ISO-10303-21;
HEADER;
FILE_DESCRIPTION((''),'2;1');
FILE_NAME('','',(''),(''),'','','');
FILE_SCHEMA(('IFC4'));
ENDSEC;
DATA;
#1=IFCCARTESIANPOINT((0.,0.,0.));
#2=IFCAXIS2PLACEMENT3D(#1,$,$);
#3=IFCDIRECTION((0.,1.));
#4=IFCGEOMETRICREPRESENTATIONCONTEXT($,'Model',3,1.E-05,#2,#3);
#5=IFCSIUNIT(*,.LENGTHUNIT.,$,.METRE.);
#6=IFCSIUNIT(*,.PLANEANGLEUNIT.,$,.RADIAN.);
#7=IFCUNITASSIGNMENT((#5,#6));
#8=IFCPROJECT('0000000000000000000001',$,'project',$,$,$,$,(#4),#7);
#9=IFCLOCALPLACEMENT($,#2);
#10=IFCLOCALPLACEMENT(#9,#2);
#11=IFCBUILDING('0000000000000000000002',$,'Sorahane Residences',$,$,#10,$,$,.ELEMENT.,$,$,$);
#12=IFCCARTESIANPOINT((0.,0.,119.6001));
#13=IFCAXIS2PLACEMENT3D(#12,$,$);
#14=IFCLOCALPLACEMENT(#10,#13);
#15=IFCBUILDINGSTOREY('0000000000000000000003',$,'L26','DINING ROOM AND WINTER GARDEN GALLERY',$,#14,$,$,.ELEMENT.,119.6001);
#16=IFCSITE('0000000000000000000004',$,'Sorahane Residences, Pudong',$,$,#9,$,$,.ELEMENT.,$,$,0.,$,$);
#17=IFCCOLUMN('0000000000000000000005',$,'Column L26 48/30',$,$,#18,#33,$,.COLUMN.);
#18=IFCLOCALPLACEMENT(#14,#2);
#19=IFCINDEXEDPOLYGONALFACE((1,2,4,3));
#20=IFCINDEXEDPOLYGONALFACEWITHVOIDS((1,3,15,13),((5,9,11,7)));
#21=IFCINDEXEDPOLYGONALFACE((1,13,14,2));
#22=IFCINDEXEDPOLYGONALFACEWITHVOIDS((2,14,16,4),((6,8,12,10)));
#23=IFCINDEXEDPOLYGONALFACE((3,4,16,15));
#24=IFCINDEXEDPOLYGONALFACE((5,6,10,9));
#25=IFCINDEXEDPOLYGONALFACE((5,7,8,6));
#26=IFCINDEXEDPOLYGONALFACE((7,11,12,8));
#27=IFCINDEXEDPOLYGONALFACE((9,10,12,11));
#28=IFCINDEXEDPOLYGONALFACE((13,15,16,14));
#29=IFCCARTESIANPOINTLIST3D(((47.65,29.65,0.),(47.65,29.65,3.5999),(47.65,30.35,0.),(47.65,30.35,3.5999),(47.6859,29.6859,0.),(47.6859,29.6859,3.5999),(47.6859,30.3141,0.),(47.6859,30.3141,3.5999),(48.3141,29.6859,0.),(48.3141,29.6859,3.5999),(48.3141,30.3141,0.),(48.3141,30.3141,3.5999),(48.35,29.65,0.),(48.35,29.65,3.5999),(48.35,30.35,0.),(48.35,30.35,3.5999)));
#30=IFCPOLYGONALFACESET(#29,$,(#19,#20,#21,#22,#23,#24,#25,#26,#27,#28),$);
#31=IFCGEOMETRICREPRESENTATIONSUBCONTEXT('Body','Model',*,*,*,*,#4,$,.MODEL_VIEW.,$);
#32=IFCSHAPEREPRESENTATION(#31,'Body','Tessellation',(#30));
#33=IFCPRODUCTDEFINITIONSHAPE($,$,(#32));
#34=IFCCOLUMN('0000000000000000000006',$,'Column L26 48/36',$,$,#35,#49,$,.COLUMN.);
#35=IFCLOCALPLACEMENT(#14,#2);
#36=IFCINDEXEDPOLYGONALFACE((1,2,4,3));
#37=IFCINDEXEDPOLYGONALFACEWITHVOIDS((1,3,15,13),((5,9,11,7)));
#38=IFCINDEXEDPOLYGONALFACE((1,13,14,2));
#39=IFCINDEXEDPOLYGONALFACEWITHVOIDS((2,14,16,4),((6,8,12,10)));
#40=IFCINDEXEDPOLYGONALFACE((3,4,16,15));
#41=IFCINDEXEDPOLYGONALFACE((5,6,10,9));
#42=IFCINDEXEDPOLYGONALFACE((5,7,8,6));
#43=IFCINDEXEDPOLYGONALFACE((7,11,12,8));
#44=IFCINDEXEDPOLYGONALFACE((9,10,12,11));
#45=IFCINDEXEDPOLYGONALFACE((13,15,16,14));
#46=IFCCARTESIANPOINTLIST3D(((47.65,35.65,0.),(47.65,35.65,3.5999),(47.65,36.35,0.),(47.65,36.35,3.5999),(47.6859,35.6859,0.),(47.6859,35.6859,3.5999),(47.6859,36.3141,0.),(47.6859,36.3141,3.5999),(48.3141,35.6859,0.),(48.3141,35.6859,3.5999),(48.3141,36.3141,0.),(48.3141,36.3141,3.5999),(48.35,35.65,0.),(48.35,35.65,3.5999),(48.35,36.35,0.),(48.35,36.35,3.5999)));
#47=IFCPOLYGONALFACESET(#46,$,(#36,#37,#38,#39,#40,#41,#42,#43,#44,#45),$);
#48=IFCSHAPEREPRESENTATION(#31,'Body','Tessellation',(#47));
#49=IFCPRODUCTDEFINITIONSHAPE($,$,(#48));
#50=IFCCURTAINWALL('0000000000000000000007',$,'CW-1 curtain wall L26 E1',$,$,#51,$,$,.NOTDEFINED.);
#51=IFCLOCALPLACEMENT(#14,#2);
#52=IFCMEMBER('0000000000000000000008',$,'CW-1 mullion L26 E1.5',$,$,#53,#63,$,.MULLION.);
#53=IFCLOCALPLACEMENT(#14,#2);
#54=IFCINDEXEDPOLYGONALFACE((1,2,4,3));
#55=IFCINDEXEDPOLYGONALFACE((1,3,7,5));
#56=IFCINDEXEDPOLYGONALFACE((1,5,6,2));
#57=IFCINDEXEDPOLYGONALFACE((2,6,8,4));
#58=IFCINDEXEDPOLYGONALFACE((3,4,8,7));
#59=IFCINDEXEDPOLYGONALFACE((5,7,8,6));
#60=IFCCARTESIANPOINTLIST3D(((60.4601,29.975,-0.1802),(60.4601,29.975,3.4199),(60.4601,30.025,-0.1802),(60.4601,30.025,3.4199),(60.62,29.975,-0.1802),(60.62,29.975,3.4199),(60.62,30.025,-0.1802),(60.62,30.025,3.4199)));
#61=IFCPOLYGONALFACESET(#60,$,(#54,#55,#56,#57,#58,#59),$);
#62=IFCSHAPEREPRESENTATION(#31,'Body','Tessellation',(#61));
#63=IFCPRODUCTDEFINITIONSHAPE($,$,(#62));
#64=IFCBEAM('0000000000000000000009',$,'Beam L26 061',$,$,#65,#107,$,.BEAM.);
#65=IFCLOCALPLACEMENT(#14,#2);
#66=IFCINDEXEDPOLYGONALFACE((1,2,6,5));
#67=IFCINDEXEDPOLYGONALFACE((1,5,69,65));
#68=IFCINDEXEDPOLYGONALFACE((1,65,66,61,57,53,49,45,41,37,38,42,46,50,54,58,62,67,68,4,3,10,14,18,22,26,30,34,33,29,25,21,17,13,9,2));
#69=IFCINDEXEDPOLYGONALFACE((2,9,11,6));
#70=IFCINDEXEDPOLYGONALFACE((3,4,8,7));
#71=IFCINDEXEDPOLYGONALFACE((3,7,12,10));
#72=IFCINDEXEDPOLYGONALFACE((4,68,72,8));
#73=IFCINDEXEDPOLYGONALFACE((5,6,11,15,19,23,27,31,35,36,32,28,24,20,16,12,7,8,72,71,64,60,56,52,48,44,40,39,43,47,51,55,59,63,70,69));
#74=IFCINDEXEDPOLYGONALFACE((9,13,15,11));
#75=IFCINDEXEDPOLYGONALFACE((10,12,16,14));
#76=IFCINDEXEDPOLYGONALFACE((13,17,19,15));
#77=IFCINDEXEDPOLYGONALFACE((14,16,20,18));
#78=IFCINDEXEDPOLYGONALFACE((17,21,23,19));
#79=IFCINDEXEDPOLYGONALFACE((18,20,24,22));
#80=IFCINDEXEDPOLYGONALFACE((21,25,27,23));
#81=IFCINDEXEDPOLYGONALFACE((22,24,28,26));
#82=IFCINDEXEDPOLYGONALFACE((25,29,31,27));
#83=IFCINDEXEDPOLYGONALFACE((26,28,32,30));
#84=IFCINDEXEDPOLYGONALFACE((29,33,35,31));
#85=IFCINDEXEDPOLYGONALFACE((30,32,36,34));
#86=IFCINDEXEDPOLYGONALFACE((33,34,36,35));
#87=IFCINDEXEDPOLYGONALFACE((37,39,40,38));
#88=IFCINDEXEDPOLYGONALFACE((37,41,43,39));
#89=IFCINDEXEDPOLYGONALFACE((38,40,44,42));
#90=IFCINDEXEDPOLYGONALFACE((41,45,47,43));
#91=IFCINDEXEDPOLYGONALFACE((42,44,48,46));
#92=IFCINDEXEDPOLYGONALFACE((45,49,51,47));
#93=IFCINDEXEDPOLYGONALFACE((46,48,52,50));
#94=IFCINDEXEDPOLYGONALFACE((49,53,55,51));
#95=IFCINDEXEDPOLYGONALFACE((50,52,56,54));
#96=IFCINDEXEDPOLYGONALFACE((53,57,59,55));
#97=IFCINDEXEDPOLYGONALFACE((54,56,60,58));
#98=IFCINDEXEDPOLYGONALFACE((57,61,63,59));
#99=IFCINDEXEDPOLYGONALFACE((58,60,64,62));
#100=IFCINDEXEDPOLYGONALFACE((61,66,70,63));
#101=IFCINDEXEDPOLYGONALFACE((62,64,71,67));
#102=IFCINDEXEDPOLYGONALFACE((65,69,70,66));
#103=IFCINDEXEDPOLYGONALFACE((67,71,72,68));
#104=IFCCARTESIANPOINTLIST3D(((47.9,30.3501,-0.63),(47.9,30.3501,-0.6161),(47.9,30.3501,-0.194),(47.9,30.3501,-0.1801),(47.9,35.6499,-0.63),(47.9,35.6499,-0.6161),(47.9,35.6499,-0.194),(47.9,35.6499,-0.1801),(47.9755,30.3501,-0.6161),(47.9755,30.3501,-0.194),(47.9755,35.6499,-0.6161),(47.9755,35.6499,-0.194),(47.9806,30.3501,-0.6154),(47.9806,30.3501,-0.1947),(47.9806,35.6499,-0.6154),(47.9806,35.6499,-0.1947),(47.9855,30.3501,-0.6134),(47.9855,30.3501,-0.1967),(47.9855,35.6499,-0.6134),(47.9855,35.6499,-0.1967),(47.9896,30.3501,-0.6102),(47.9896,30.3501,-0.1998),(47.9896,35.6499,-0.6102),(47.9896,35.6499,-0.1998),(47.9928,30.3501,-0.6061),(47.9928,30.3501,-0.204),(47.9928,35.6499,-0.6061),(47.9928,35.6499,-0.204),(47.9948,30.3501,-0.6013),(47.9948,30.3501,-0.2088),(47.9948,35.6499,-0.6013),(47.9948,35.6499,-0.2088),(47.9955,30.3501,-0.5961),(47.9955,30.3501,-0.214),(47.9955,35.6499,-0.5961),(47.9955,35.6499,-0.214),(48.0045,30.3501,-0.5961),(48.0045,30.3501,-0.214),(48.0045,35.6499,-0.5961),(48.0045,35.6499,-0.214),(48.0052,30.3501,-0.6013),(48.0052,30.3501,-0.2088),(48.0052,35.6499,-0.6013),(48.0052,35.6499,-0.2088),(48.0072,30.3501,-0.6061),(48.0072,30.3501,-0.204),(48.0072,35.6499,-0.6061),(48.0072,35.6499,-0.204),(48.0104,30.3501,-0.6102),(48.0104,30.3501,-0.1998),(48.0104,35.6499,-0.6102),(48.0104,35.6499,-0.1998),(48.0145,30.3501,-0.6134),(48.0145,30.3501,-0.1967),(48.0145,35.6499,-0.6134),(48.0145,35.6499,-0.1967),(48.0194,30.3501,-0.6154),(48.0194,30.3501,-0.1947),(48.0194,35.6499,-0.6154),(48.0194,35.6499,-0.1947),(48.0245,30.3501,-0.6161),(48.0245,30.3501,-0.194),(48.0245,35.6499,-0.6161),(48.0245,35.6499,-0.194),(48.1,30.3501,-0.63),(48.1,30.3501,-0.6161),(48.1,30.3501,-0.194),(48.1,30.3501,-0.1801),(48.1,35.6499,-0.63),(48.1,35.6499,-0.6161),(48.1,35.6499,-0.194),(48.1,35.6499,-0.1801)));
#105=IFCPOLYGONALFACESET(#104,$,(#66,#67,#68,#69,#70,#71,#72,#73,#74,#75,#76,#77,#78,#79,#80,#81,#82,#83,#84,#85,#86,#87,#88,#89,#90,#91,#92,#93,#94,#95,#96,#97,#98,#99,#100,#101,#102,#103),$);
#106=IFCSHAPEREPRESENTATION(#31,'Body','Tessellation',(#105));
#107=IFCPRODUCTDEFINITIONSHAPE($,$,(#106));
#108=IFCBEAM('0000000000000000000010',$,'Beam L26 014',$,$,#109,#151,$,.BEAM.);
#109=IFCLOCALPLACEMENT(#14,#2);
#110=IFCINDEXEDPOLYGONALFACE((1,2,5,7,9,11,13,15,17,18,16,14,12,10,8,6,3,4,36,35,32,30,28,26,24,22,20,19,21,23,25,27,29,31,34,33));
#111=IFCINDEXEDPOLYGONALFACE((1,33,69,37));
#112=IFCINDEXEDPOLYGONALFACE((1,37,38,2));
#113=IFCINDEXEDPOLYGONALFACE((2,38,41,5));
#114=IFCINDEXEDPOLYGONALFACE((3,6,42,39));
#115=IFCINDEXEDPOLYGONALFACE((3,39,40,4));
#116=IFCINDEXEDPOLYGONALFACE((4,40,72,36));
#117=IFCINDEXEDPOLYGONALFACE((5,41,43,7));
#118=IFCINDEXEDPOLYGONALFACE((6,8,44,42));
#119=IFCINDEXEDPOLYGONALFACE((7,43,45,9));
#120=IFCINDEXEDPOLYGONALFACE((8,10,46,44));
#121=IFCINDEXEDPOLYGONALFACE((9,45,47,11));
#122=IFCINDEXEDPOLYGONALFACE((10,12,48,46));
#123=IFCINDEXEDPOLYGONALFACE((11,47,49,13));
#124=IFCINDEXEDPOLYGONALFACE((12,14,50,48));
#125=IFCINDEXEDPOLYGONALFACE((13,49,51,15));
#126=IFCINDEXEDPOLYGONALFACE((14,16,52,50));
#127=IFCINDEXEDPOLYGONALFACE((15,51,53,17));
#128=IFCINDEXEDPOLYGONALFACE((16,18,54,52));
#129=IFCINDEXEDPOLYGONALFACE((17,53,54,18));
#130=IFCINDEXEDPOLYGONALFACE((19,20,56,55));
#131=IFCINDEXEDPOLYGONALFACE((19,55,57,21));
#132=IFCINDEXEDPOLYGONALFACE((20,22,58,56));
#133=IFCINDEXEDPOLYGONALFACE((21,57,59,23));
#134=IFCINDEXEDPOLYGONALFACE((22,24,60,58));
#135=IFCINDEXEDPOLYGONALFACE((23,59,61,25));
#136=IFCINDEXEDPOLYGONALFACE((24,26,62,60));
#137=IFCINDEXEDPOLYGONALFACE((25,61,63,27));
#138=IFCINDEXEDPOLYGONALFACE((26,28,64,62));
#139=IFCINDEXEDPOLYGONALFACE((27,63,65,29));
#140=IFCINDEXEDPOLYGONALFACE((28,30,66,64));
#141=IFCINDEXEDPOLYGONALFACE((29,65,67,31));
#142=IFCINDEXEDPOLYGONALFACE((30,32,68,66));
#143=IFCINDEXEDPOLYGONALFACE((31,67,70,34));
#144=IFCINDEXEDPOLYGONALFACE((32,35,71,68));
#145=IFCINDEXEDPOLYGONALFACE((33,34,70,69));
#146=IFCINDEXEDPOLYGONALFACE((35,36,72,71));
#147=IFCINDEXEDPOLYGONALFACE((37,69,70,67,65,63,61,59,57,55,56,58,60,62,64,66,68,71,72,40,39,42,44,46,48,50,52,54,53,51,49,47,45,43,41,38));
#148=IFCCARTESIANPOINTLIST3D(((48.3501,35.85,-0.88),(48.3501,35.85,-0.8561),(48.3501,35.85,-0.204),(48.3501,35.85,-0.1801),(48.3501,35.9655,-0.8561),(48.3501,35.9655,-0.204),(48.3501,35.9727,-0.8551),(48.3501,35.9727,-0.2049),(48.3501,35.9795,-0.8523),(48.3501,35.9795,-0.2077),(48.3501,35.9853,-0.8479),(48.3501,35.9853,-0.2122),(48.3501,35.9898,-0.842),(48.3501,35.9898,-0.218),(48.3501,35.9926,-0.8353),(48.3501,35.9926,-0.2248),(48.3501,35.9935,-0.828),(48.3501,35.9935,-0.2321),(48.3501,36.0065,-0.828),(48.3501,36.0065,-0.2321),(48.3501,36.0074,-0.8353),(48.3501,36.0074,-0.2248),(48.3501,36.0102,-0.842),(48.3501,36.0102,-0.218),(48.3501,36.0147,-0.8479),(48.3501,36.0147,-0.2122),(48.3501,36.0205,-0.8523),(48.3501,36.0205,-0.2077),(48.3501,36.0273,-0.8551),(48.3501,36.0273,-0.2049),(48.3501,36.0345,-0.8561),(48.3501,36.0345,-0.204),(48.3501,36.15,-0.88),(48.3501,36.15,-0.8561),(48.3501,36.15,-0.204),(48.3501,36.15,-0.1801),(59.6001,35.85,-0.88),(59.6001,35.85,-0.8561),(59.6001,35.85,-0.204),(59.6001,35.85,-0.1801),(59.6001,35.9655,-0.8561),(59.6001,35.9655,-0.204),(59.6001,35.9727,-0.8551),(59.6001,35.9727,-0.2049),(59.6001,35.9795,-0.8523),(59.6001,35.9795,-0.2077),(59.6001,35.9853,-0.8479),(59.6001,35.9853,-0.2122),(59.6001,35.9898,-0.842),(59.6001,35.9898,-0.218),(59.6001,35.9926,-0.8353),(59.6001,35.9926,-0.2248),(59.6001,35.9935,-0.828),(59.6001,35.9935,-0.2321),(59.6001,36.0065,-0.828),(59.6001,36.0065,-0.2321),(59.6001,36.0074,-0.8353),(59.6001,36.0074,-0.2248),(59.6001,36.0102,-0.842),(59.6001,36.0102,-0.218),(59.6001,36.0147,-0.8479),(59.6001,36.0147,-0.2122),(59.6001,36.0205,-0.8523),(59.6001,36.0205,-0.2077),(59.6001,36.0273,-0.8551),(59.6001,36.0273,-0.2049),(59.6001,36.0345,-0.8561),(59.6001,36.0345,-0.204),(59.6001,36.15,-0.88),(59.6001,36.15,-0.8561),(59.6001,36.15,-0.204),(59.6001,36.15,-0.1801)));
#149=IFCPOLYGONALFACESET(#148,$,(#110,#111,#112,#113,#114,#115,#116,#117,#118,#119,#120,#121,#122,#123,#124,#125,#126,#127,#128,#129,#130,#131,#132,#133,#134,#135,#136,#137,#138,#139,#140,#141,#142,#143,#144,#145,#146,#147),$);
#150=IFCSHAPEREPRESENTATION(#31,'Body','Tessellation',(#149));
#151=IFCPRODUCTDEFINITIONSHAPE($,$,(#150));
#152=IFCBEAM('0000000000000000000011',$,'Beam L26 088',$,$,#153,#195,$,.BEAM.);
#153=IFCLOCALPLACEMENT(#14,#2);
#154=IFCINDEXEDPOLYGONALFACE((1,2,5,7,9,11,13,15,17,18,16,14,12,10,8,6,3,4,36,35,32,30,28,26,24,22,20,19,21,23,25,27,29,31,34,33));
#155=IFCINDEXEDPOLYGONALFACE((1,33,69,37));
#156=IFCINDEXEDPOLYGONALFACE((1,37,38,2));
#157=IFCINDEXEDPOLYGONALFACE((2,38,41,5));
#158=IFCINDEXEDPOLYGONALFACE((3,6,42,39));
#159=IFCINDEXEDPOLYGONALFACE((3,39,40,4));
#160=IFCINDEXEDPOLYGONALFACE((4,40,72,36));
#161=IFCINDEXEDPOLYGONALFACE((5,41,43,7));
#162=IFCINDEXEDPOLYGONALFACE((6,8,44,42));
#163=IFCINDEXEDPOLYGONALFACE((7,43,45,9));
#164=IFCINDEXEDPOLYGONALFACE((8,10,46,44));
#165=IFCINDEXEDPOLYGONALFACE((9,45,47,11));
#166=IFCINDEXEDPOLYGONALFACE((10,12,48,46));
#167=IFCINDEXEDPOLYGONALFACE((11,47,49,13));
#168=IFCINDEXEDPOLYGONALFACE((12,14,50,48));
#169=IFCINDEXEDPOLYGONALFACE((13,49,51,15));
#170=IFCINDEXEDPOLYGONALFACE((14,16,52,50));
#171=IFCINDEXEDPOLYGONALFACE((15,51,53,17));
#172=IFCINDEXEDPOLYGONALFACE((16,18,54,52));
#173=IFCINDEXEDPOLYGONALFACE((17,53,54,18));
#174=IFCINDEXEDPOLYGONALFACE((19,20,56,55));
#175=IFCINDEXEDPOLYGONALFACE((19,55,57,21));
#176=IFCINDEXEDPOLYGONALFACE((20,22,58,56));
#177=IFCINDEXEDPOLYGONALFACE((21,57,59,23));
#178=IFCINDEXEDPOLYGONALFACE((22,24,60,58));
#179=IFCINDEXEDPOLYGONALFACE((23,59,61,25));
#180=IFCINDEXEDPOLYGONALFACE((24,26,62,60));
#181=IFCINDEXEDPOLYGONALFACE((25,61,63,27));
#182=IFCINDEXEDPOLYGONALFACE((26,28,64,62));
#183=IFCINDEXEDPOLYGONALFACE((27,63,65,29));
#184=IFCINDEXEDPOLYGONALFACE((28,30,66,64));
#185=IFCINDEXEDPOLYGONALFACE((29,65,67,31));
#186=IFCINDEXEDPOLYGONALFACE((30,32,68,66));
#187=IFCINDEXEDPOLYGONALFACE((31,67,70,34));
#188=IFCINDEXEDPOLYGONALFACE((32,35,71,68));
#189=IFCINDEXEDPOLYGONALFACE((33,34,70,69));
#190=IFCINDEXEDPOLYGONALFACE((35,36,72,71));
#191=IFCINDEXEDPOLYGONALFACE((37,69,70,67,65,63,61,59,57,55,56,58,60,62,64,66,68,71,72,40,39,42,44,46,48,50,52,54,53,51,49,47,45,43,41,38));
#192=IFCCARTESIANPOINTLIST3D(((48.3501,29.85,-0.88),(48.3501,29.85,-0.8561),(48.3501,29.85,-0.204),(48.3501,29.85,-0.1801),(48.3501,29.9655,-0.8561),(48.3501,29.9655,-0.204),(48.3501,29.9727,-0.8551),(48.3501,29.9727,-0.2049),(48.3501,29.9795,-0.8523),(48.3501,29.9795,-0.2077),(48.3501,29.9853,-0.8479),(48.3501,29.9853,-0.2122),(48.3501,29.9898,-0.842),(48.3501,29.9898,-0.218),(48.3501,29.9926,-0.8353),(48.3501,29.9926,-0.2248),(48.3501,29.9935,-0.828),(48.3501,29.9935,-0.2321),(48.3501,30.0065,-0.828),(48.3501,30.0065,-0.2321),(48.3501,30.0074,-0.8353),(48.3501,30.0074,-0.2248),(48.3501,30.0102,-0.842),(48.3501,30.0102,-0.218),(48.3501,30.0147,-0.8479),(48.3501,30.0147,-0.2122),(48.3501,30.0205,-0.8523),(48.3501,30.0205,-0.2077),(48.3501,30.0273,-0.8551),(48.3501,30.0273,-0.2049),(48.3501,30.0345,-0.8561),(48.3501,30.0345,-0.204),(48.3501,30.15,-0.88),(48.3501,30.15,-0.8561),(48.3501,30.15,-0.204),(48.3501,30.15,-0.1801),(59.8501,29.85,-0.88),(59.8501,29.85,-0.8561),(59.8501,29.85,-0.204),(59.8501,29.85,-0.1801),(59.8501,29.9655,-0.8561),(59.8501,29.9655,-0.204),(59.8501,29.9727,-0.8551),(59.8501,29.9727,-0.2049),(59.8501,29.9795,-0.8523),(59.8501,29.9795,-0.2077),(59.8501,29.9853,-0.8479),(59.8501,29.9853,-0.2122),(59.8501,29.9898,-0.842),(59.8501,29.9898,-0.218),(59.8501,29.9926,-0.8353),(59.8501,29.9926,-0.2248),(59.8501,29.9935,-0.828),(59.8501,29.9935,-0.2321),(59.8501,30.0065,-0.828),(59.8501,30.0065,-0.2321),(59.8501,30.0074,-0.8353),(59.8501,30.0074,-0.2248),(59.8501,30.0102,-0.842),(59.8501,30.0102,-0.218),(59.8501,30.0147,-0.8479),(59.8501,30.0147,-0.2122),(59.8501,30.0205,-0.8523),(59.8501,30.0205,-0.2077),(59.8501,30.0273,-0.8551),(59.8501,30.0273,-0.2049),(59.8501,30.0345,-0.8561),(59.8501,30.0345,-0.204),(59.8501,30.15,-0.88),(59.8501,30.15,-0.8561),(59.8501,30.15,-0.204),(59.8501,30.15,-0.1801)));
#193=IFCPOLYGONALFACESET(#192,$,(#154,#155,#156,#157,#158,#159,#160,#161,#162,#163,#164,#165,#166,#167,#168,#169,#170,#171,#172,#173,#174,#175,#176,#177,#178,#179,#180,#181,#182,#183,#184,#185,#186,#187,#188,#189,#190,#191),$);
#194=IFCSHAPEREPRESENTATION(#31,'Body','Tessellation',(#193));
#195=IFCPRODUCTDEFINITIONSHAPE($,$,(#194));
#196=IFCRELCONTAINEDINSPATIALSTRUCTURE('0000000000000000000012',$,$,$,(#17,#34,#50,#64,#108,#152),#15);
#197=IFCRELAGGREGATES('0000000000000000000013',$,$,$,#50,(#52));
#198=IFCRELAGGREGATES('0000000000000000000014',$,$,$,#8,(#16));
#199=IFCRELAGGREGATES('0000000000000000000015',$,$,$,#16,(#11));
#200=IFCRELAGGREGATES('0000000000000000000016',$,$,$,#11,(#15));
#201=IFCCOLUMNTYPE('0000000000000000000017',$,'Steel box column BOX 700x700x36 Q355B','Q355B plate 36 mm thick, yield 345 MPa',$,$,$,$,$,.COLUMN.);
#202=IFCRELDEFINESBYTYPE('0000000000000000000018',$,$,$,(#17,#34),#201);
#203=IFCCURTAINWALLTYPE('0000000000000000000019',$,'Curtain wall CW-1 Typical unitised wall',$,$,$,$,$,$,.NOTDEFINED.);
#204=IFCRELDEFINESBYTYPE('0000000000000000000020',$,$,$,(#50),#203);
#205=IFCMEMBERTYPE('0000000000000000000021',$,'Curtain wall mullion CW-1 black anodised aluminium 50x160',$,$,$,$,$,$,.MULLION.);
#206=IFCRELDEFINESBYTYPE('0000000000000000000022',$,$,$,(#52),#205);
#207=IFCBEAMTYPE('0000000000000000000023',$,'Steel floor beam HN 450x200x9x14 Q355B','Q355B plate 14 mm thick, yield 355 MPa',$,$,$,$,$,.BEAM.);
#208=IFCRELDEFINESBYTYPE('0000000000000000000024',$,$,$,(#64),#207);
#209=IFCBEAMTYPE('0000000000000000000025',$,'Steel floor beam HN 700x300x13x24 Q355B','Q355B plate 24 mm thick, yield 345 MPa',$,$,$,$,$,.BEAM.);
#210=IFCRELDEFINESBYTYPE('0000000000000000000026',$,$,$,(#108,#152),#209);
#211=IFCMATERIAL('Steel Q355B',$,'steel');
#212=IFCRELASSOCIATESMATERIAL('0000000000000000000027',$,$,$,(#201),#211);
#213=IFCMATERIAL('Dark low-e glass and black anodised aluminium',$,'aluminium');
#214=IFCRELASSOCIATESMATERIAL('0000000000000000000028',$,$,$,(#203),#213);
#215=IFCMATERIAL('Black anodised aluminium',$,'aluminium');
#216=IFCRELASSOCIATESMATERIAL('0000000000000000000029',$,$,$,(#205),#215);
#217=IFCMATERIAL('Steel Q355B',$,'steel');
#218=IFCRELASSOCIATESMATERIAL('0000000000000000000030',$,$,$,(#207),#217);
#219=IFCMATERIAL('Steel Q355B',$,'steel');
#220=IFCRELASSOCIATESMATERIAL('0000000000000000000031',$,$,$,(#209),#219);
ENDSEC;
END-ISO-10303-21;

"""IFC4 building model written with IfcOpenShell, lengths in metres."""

from ifc_helpers import new_model, si_unit, direction, frame, origin, origin_2d, place, context, subcontext, project, spatial, rectangle, hollow_rectangle, i_section, extrude, material, material_profile, profile_set, type_object, element, aggregate, save


model = new_model("IFC4")

# Units and contexts
model_context = context("Model", 3, precision=1e-05, world=origin(), true_north=direction((0.0, 1.0)))
body_context = subcontext(model_context, "Body", "Model", "MODEL_VIEW")
ifc_project = project(units=[si_unit("LENGTHUNIT", "METRE"), si_unit("PLANEANGLEUNIT", "RADIAN")], contexts=[model_context])

# Site, building, storey
site_placement = place(None, origin())
site = spatial("IfcSite", under=ifc_project, at=site_placement, Name="Sorahane Residences, Pudong", CompositionType="ELEMENT", RefElevation=0.0)
building_placement = place(site_placement, origin())
building = spatial("IfcBuilding", under=site, at=building_placement, Name="Sorahane Residences", CompositionType="ELEMENT")
storey_placement = place(building_placement, frame((0.0, 0.0, 119.6001)))
storey = spatial("IfcBuildingStorey", under=building, at=storey_placement, Name="L26", Description="DINING ROOM AND WINTER GARDEN GALLERY", CompositionType="ELEMENT", Elevation=119.6001)

# Columns
ifc_material_1 = material(Name="Steel Q355B", Category="steel")
ifc_material_profile_1 = material_profile(ifc_material_1, hollow_rectangle(XDim=0.7, YDim=0.7, WallThickness=0.0359, at=origin_2d()), Name="BOX 700x700x36")
ifc_profile_set_1 = profile_set([ifc_material_profile_1], Name="Steel Q355B")
column_type = type_object("IfcColumnType", Name="Steel box column BOX 700x700x36 Q355B", Description="Q355B plate 36 mm thick, yield 345 MPa", PredefinedType="COLUMN", material=ifc_profile_set_1)
for number, where, z_axis, x_axis, name in (
    (1, (48.0, 30.0, 0.0), (0.0, 0.0, 1.0), (1.0, 0.0, 0.0), "Column L26 48/30"),
    (2, (48.0, 36.0, 0.0), (0.0, 0.0, 1.0), (1.0, 0.0, 0.0), "Column L26 48/36"),
):
    element("IfcColumn", number, at=place(storey_placement, frame(where, z_axis=z_axis, x_axis=x_axis)), inside=storey, type_object=column_type, Name=name, PredefinedType="COLUMN", context=body_context, shape_type="SweptSolid", body=[
        extrude(hollow_rectangle(XDim=0.7, YDim=0.7, WallThickness=0.0359, at=origin_2d()), origin(), (0.0, 0.0, 1.0), 3.5999),
    ])

# Curtain wall, member
ifc_material_2 = material(Name="Dark low-e glass and black anodised aluminium", Category="aluminium")
curtain_wall_type = type_object("IfcCurtainWallType", Name="Curtain wall CW-1 Typical unitised wall", PredefinedType="NOTDEFINED", material=ifc_material_2)
curtain_wall_placement = place(storey_placement, origin())
curtain_wall = element("IfcCurtainWall", 3, at=curtain_wall_placement, inside=storey, type_object=curtain_wall_type, Name="CW-1 curtain wall L26 E1", PredefinedType="NOTDEFINED")
ifc_material_3 = material(Name="Black anodised aluminium", Category="aluminium")
ifc_material_profile_2 = material_profile(ifc_material_3, rectangle(XDim=0.1599, YDim=0.05, at=origin_2d()), Name="Curtain wall mullion CW-1 black anodised aluminium 50x160")
ifc_profile_set_2 = profile_set([ifc_material_profile_2], Name="Black anodised aluminium")
member_type = type_object("IfcMemberType", Name="Curtain wall mullion CW-1 black anodised aluminium 50x160", PredefinedType="MULLION", material=ifc_profile_set_2)
member_placement = place(storey_placement, frame((60.54, 30.0, -0.1802), z_axis=(0.0, 0.0, 1.0), x_axis=(1.0, 0.0, 0.0)))
member = element("IfcMember", 4, at=member_placement, type_object=member_type, Name="CW-1 mullion L26 E1.5", PredefinedType="MULLION", context=body_context, shape_type="SweptSolid", body=[
    extrude(rectangle(XDim=0.1599, YDim=0.05, at=origin_2d()), origin(), (0.0, 0.0, 1.0), 3.6001),
])

# Beams
ifc_material_4 = material(Name="Steel Q355B", Category="steel")
ifc_material_profile_3 = material_profile(ifc_material_4, i_section(OverallWidth=0.2, OverallDepth=0.45, WebThickness=0.009, FlangeThickness=0.0139, FilletRadius=0.02, at=origin_2d()), Name="HN 450x200x9x14")
ifc_profile_set_3 = profile_set([ifc_material_profile_3], Name="Steel Q355B")
beam_type_1 = type_object("IfcBeamType", Name="Steel floor beam HN 450x200x9x14 Q355B", Description="Q355B plate 14 mm thick, yield 355 MPa", PredefinedType="BEAM", material=ifc_profile_set_3)
beam_1_placement = place(storey_placement, frame((48.0, 30.3501, -0.405), z_axis=(0.0, 1.0, 0.0), x_axis=(-1.0, 0.0, 0.0)))
element("IfcBeam", 5, at=beam_1_placement, inside=storey, type_object=beam_type_1, Name="Beam L26 061", PredefinedType="BEAM", context=body_context, shape_type="SweptSolid", body=[
    extrude(i_section(OverallWidth=0.2, OverallDepth=0.45, WebThickness=0.009, FlangeThickness=0.0139, FilletRadius=0.02, at=origin_2d()), origin(), (0.0, 0.0, 1.0), 5.2998),
])
ifc_material_5 = material(Name="Steel Q355B", Category="steel")
ifc_material_profile_4 = material_profile(ifc_material_5, i_section(OverallWidth=0.3, OverallDepth=0.7, WebThickness=0.0129, FlangeThickness=0.0239, FilletRadius=0.0281, at=origin_2d()), Name="HN 700x300x13x24")
ifc_profile_set_4 = profile_set([ifc_material_profile_4], Name="Steel Q355B")
beam_type_2 = type_object("IfcBeamType", Name="Steel floor beam HN 700x300x13x24 Q355B", Description="Q355B plate 24 mm thick, yield 345 MPa", PredefinedType="BEAM", material=ifc_profile_set_4)
beam_2_placement = place(storey_placement, frame((48.3501, 36.0, -0.53), z_axis=(1.0, 0.0, 0.0), x_axis=(0.0, 1.0, 0.0)))
element("IfcBeam", 6, at=beam_2_placement, inside=storey, type_object=beam_type_2, Name="Beam L26 014", PredefinedType="BEAM", context=body_context, shape_type="SweptSolid", body=[
    extrude(i_section(OverallWidth=0.3, OverallDepth=0.7, WebThickness=0.0129, FlangeThickness=0.0239, FilletRadius=0.0281, at=origin_2d()), origin(), (0.0, 0.0, 1.0), 11.25),
])
beam_3_placement = place(storey_placement, frame((48.3501, 30.0, -0.53), z_axis=(1.0, 0.0, 0.0), x_axis=(0.0, 1.0, 0.0)))
element("IfcBeam", 7, at=beam_3_placement, inside=storey, type_object=beam_type_2, Name="Beam L26 088", PredefinedType="BEAM", context=body_context, shape_type="SweptSolid", body=[
    extrude(i_section(OverallWidth=0.3, OverallDepth=0.7, WebThickness=0.0129, FlangeThickness=0.0239, FilletRadius=0.0281, at=origin_2d()), origin(), (0.0, 0.0, 1.0), 11.5),
])

aggregate(curtain_wall, [member])

save(model, "model.ifc")
